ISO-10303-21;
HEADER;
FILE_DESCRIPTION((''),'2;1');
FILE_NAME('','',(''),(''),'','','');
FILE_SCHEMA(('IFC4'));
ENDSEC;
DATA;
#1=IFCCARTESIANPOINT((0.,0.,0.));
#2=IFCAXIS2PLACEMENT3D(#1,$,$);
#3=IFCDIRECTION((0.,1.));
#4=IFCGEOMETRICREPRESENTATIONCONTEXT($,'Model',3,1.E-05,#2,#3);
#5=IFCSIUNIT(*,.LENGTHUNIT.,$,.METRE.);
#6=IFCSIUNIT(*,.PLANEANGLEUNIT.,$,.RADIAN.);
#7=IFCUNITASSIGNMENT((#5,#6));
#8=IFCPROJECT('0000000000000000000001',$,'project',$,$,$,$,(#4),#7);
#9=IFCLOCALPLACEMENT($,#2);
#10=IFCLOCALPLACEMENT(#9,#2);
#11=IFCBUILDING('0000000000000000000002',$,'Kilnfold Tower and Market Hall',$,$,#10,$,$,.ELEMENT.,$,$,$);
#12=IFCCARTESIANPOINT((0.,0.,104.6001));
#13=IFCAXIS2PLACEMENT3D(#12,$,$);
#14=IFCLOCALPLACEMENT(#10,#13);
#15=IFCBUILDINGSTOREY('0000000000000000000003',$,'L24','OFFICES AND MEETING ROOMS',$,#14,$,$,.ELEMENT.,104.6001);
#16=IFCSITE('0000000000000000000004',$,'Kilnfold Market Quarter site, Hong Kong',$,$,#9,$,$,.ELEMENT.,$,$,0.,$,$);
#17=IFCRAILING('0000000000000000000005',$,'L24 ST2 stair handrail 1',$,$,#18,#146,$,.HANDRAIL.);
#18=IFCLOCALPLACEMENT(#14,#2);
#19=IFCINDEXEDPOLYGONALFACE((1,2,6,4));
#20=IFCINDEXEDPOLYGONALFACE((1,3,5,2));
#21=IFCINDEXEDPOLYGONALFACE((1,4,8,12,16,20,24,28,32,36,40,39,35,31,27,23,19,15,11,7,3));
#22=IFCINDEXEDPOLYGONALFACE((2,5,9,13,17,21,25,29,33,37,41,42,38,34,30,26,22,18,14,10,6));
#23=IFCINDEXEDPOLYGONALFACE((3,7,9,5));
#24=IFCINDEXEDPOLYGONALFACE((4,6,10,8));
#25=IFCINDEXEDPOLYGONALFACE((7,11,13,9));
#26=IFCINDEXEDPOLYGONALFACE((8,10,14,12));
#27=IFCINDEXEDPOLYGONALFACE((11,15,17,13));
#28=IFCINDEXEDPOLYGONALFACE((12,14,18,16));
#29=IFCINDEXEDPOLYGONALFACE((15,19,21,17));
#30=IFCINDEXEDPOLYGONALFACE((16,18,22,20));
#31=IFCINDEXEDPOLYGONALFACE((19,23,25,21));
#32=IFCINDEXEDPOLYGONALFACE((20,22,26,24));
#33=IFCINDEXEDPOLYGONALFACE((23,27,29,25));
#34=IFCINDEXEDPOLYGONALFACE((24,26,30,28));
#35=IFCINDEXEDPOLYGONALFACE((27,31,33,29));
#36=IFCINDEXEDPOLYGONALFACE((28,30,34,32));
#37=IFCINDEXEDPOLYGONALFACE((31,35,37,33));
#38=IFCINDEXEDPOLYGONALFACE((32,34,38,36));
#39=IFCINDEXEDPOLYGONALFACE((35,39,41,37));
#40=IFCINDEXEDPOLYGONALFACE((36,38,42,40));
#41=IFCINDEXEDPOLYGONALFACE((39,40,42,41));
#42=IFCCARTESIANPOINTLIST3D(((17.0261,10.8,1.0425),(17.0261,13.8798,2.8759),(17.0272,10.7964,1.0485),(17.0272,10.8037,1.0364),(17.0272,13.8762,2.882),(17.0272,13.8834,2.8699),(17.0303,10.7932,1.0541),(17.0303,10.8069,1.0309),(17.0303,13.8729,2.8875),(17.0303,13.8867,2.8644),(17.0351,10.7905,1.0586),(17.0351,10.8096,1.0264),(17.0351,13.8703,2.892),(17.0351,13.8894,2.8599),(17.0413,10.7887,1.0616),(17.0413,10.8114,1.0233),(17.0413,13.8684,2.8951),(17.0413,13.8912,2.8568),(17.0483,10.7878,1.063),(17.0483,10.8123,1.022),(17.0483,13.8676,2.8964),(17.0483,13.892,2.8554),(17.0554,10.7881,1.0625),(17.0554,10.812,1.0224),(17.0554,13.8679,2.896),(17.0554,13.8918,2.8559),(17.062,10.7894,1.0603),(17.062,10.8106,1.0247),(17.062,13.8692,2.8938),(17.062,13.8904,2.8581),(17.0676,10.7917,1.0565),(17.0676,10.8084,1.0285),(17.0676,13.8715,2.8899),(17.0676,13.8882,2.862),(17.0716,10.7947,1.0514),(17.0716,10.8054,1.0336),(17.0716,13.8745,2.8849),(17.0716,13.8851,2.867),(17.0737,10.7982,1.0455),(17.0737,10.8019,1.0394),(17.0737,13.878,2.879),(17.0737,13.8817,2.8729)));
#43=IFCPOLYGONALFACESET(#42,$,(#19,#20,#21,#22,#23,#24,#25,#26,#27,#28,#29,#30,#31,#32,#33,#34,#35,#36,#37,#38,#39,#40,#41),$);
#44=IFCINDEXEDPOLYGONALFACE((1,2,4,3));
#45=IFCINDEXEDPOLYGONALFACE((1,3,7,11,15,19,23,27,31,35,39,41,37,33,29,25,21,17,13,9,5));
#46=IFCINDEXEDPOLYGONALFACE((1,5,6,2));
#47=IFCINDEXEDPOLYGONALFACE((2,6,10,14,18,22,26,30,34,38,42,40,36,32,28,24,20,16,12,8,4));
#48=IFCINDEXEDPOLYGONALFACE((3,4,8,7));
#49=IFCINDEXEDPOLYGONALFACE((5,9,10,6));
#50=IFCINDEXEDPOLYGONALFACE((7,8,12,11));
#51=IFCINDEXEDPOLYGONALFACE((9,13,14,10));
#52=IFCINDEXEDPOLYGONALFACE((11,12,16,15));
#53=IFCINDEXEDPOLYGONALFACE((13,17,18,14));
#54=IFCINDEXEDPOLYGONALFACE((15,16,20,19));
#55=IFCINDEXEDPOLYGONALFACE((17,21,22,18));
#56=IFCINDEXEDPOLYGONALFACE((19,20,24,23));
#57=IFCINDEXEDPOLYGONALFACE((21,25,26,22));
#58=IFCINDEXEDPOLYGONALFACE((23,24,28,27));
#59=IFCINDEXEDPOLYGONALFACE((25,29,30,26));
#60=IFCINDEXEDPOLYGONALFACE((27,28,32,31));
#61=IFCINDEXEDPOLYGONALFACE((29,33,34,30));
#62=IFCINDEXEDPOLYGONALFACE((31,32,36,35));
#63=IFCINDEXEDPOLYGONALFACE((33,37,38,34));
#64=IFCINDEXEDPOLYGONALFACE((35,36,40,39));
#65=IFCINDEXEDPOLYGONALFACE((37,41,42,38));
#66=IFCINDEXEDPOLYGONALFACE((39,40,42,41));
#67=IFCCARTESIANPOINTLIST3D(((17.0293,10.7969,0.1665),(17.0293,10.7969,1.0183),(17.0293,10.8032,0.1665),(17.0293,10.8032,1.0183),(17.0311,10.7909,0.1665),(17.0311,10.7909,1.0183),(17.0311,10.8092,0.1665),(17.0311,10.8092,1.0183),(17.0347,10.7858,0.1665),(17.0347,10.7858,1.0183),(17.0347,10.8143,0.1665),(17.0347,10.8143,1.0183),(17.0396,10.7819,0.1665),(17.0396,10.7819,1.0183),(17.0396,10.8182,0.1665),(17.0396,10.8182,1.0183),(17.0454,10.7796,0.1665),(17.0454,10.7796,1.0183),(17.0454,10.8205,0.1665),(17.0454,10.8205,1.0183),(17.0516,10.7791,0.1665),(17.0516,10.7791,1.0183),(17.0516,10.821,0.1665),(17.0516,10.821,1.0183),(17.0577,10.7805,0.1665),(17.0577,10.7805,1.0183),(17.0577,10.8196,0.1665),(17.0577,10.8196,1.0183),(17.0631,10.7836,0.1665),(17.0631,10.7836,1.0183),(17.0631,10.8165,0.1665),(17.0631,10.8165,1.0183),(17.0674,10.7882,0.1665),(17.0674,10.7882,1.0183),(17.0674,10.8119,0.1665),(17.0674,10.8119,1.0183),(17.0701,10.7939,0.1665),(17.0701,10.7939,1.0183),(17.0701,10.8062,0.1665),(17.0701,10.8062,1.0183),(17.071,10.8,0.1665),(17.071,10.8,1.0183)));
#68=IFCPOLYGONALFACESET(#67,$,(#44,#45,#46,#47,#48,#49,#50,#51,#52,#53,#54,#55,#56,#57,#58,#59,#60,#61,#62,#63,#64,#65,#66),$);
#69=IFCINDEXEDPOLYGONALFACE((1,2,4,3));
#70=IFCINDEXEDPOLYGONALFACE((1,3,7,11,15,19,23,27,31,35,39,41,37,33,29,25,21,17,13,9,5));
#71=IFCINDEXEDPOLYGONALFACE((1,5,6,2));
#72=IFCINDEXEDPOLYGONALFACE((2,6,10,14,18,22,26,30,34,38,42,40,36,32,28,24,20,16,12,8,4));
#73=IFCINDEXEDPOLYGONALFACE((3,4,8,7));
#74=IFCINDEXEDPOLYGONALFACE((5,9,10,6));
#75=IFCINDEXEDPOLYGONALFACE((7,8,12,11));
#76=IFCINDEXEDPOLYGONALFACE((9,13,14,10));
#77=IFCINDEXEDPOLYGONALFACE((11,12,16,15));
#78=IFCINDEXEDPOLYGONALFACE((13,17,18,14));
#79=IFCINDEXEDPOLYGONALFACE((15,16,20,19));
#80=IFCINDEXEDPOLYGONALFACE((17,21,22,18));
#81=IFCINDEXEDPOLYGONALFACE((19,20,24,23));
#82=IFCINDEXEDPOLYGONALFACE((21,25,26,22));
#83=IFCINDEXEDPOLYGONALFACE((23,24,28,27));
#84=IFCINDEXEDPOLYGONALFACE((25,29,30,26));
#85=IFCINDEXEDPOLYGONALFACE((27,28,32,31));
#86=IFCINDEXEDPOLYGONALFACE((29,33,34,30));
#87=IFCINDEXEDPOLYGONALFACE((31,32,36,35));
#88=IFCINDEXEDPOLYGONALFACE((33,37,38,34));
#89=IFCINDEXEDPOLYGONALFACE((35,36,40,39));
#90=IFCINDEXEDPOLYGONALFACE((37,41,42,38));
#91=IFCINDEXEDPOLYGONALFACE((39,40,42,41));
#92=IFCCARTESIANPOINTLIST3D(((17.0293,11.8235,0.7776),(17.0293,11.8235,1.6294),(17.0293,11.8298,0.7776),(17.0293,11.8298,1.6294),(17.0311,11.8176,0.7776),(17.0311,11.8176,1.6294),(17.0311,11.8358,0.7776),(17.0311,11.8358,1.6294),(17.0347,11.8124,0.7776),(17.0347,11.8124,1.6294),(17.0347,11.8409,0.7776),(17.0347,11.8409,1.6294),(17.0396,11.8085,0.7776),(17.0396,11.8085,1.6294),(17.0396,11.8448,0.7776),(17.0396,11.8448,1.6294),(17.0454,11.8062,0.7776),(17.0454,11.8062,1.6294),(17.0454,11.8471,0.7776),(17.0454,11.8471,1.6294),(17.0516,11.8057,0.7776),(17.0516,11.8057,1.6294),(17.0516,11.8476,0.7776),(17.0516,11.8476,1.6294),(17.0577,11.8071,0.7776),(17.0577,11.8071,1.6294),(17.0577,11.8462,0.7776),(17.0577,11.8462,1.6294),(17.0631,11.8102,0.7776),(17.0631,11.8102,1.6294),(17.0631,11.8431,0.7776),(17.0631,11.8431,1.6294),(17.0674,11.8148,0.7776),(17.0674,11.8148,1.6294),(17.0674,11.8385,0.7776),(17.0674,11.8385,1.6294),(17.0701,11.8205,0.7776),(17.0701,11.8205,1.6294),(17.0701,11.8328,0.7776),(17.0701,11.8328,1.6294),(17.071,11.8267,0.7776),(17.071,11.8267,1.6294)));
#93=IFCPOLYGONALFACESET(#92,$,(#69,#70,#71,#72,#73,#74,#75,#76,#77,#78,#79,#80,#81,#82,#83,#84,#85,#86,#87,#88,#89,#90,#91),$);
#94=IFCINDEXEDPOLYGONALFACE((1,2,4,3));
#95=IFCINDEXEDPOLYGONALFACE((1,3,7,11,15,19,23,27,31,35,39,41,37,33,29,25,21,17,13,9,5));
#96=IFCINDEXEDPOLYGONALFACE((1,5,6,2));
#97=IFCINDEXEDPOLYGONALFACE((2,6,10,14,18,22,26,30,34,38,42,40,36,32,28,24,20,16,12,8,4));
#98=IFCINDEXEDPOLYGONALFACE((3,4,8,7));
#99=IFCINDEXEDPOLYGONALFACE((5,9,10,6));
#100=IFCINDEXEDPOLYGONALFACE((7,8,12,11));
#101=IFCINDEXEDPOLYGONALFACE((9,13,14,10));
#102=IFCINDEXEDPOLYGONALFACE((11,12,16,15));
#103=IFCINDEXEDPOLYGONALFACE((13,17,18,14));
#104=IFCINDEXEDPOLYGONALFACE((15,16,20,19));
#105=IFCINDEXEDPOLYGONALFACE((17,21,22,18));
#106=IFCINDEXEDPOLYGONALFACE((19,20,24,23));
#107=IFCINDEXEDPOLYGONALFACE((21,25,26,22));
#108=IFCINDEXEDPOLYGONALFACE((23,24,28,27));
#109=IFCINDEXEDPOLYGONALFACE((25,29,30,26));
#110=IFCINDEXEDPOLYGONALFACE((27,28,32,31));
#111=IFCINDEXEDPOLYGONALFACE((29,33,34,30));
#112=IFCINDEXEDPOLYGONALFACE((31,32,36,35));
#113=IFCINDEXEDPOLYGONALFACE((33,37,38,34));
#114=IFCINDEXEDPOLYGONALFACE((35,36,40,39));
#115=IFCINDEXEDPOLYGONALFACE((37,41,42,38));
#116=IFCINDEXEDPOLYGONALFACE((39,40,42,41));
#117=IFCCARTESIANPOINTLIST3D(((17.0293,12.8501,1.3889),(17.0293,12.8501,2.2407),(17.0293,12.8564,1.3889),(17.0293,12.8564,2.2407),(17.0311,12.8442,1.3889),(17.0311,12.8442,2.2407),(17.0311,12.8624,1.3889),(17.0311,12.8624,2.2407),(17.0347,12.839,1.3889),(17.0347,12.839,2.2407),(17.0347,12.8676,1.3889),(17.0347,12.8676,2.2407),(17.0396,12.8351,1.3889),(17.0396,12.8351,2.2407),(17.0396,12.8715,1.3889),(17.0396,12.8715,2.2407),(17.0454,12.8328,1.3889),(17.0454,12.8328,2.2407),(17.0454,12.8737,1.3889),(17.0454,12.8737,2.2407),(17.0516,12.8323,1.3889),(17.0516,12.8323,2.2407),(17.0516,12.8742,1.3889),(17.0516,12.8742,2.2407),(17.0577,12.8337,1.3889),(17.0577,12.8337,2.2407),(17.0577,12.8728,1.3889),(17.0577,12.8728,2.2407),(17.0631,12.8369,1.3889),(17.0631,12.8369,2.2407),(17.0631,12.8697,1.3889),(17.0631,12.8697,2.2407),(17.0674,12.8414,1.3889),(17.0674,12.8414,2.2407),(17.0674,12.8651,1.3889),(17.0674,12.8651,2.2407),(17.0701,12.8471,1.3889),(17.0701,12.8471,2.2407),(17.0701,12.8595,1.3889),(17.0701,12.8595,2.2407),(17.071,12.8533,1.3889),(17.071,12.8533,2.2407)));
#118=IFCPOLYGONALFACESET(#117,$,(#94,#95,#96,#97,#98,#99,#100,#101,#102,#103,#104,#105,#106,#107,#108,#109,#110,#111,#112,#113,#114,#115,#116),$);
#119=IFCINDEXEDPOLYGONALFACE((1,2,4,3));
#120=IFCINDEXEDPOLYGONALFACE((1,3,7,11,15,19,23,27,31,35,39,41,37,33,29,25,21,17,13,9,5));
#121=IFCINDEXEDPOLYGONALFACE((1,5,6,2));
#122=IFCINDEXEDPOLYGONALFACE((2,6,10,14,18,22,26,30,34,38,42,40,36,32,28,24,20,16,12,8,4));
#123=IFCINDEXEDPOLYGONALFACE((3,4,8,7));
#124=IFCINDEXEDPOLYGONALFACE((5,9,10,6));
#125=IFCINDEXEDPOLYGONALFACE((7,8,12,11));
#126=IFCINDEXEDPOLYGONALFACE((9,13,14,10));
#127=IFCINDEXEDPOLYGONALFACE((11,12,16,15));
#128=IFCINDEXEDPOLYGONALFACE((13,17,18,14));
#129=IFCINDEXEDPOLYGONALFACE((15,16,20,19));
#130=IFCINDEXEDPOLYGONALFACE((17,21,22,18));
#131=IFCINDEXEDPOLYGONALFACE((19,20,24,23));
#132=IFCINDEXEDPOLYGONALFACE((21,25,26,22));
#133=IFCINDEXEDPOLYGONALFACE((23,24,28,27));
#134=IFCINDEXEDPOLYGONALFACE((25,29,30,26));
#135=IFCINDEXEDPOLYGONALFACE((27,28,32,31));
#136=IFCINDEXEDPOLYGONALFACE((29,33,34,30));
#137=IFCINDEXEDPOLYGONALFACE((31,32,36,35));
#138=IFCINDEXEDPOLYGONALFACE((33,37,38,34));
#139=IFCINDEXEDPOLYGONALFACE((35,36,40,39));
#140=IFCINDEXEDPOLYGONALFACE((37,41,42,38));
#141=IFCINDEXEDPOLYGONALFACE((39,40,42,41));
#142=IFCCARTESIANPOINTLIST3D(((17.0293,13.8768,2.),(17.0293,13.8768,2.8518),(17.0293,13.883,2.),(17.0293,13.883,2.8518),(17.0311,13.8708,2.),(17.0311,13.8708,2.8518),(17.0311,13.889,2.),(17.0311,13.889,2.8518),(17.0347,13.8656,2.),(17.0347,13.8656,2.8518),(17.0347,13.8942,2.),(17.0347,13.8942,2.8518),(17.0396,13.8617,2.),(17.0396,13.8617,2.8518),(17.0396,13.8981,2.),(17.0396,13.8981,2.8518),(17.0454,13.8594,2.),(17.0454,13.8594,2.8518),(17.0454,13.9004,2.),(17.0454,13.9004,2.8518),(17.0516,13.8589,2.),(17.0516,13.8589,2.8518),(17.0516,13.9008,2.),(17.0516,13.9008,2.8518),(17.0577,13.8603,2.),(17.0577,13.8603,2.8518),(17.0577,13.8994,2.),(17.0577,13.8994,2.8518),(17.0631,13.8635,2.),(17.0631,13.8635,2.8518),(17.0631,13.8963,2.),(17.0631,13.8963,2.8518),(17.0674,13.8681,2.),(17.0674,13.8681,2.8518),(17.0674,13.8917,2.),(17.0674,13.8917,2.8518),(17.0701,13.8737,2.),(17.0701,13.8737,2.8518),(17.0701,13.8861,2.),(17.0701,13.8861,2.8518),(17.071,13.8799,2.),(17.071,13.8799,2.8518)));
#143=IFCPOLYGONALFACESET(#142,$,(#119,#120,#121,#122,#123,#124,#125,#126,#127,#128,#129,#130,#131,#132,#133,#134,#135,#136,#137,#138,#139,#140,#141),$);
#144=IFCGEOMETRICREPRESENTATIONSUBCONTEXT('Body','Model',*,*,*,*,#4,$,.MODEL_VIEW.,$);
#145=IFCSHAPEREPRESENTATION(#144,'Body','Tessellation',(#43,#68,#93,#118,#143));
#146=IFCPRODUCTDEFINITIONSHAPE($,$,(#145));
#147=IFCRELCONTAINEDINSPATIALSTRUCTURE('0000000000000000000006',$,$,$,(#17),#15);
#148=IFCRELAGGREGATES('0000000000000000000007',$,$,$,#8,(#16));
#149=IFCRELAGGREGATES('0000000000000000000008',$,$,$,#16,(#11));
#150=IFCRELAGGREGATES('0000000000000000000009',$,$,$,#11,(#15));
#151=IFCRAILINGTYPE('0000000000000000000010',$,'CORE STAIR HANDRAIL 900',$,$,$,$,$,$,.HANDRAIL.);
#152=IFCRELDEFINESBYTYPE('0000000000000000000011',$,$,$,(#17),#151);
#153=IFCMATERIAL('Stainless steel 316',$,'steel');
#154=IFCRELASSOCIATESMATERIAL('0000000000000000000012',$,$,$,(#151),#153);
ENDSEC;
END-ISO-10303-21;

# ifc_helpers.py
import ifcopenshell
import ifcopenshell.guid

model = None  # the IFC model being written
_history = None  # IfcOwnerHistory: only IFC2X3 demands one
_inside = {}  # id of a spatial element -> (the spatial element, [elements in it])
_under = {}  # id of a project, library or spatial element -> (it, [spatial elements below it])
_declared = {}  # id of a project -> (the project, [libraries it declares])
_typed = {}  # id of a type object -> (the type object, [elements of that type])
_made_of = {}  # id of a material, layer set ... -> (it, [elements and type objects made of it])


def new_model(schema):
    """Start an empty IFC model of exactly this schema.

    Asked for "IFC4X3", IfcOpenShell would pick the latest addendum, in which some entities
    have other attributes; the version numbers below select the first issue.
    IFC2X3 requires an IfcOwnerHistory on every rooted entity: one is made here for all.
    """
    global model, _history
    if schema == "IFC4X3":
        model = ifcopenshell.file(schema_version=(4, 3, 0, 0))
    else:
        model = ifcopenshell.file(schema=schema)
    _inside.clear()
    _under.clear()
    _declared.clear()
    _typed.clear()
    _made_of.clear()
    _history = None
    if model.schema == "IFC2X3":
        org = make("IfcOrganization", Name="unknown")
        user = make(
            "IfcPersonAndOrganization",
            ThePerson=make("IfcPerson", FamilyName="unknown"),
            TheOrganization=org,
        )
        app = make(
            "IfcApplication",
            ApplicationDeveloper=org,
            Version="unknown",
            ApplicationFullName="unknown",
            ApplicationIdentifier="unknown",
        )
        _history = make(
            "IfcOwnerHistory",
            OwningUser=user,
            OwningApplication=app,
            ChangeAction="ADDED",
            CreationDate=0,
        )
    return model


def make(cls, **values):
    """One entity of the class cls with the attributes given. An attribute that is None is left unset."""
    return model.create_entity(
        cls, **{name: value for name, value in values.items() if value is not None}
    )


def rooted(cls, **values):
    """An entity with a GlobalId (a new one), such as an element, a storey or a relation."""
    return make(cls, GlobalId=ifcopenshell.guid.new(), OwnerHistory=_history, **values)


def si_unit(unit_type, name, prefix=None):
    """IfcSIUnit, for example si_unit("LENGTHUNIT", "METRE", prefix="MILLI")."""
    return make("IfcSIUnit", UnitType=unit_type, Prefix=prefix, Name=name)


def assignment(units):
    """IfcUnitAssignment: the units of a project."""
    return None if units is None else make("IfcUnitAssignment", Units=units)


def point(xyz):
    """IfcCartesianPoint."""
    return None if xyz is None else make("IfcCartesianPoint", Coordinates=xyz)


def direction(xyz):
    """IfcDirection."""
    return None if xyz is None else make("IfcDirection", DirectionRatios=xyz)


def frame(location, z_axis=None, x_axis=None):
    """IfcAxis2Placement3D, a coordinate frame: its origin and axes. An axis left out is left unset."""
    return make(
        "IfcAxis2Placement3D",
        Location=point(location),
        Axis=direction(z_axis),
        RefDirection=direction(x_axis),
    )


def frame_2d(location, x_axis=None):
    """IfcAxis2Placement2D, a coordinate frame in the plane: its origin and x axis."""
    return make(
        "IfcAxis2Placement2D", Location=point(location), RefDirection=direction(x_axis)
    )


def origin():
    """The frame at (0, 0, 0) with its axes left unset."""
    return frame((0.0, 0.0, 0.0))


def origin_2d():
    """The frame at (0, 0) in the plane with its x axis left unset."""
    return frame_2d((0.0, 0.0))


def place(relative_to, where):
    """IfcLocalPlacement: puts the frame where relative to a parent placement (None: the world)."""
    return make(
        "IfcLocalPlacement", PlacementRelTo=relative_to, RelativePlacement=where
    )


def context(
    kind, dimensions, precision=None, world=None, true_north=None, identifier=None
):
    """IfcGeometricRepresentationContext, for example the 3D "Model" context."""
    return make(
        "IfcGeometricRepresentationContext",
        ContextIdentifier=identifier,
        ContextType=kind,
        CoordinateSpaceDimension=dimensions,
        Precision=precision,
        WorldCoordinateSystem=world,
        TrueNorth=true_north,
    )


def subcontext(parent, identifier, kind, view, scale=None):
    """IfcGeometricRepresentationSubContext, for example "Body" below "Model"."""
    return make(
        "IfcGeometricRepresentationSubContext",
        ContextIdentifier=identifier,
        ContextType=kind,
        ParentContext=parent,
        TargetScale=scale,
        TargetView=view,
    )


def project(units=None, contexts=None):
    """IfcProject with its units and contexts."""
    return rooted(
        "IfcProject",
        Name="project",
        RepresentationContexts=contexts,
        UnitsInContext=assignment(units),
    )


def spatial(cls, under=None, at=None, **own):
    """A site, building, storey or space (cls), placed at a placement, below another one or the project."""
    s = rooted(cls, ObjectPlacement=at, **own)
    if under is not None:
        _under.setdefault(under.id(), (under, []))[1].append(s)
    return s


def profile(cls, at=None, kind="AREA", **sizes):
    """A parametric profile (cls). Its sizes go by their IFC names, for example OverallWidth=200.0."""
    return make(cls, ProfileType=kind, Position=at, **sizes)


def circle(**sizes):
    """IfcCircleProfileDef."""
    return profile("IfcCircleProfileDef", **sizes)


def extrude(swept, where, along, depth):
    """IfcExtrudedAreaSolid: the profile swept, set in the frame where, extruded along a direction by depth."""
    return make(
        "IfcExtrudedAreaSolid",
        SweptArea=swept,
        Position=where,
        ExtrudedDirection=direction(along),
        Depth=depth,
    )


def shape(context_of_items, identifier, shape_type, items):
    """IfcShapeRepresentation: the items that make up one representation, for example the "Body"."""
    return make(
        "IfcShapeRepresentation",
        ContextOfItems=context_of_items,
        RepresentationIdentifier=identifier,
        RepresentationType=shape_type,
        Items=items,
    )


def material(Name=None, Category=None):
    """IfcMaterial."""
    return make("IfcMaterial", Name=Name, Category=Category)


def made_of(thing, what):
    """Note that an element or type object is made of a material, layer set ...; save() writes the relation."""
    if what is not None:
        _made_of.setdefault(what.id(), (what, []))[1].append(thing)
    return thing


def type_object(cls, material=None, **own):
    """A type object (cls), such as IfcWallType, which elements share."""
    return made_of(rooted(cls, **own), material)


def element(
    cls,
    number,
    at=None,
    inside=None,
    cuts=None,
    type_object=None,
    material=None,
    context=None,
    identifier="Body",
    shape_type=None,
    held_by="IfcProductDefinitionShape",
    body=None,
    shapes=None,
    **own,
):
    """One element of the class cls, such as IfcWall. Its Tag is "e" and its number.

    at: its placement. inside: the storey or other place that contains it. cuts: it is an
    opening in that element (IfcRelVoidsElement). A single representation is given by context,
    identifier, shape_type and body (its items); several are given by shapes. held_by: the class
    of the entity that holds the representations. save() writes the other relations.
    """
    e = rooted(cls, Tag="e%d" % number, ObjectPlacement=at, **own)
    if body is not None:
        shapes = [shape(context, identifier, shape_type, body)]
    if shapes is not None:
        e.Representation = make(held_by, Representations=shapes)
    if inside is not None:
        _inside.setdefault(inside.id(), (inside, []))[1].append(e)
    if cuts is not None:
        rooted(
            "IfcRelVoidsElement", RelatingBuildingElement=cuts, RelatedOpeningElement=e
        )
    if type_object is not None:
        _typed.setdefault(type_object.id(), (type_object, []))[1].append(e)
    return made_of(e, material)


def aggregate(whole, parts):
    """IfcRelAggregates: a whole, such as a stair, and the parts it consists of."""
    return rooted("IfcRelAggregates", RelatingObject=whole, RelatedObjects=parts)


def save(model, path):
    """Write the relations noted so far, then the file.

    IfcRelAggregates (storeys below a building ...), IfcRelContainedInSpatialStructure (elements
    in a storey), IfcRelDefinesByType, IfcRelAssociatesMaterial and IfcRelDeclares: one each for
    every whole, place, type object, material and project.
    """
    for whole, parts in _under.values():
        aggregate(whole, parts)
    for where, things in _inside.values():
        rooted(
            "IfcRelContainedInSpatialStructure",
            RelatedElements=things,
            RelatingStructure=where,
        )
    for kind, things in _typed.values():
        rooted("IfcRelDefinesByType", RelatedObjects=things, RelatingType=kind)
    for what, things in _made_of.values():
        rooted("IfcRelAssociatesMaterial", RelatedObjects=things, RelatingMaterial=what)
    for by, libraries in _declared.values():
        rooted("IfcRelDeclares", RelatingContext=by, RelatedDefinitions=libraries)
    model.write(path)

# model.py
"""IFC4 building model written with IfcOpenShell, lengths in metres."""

from ifc_helpers import new_model, si_unit, direction, frame, origin, origin_2d, place, context, subcontext, project, spatial, circle, extrude, material, type_object, element, save


model = new_model("IFC4")

# Units and contexts
model_context = context("Model", 3, precision=1e-05, world=origin(), true_north=direction((0.0, 1.0)))
body_context = subcontext(model_context, "Body", "Model", "MODEL_VIEW")
ifc_project = project(units=[si_unit("LENGTHUNIT", "METRE"), si_unit("PLANEANGLEUNIT", "RADIAN")], contexts=[model_context])

# Site, building, storey
site_placement = place(None, origin())
site = spatial("IfcSite", under=ifc_project, at=site_placement, Name="Kilnfold Market Quarter site, Hong Kong", CompositionType="ELEMENT", RefElevation=0.0)
building_placement = place(site_placement, origin())
building = spatial("IfcBuilding", under=site, at=building_placement, Name="Kilnfold Tower and Market Hall", CompositionType="ELEMENT")
storey_placement = place(building_placement, frame((0.0, 0.0, 104.6001)))
storey = spatial("IfcBuildingStorey", under=building, at=storey_placement, Name="L24", Description="OFFICES AND MEETING ROOMS", CompositionType="ELEMENT", Elevation=104.6001)

# Railing
ifc_material_1 = material(Name="Stainless steel 316", Category="steel")
railing_type_1 = type_object("IfcRailingType", Name="CORE STAIR HANDRAIL 900", PredefinedType="HANDRAIL", material=ifc_material_1)
railing_1_placement = place(storey_placement, frame((17.05, 10.8, 0.1665)))
element("IfcRailing", 1, at=railing_1_placement, inside=storey, type_object=railing_type_1, Name="L24 ST2 stair handrail 1", PredefinedType="HANDRAIL", context=body_context, shape_type="SweptSolid", body=[
    extrude(circle(Radius=0.0239, at=origin_2d()), frame((0.0, 0.0, 0.876), z_axis=(0.0, 0.859261, 0.511538), x_axis=(-1.0, 0.0, 0.0)), (0.0, 0.0, 1.0), 3.5842),
    extrude(circle(Radius=0.021, at=origin_2d()), origin(), (0.0, 0.0, 1.0), 0.8518),
    extrude(circle(Radius=0.021, at=origin_2d()), frame((0.0, 1.0266, 0.6111)), (0.0, 0.0, 1.0), 0.8518),
    extrude(circle(Radius=0.021, at=origin_2d()), frame((0.0, 2.0532, 1.2224)), (0.0, 0.0, 1.0), 0.8518),
    extrude(circle(Radius=0.021, at=origin_2d()), frame((0.0, 3.0798, 1.8335)), (0.0, 0.0, 1.0), 0.8518),
])

save(model, "model.ifc")
